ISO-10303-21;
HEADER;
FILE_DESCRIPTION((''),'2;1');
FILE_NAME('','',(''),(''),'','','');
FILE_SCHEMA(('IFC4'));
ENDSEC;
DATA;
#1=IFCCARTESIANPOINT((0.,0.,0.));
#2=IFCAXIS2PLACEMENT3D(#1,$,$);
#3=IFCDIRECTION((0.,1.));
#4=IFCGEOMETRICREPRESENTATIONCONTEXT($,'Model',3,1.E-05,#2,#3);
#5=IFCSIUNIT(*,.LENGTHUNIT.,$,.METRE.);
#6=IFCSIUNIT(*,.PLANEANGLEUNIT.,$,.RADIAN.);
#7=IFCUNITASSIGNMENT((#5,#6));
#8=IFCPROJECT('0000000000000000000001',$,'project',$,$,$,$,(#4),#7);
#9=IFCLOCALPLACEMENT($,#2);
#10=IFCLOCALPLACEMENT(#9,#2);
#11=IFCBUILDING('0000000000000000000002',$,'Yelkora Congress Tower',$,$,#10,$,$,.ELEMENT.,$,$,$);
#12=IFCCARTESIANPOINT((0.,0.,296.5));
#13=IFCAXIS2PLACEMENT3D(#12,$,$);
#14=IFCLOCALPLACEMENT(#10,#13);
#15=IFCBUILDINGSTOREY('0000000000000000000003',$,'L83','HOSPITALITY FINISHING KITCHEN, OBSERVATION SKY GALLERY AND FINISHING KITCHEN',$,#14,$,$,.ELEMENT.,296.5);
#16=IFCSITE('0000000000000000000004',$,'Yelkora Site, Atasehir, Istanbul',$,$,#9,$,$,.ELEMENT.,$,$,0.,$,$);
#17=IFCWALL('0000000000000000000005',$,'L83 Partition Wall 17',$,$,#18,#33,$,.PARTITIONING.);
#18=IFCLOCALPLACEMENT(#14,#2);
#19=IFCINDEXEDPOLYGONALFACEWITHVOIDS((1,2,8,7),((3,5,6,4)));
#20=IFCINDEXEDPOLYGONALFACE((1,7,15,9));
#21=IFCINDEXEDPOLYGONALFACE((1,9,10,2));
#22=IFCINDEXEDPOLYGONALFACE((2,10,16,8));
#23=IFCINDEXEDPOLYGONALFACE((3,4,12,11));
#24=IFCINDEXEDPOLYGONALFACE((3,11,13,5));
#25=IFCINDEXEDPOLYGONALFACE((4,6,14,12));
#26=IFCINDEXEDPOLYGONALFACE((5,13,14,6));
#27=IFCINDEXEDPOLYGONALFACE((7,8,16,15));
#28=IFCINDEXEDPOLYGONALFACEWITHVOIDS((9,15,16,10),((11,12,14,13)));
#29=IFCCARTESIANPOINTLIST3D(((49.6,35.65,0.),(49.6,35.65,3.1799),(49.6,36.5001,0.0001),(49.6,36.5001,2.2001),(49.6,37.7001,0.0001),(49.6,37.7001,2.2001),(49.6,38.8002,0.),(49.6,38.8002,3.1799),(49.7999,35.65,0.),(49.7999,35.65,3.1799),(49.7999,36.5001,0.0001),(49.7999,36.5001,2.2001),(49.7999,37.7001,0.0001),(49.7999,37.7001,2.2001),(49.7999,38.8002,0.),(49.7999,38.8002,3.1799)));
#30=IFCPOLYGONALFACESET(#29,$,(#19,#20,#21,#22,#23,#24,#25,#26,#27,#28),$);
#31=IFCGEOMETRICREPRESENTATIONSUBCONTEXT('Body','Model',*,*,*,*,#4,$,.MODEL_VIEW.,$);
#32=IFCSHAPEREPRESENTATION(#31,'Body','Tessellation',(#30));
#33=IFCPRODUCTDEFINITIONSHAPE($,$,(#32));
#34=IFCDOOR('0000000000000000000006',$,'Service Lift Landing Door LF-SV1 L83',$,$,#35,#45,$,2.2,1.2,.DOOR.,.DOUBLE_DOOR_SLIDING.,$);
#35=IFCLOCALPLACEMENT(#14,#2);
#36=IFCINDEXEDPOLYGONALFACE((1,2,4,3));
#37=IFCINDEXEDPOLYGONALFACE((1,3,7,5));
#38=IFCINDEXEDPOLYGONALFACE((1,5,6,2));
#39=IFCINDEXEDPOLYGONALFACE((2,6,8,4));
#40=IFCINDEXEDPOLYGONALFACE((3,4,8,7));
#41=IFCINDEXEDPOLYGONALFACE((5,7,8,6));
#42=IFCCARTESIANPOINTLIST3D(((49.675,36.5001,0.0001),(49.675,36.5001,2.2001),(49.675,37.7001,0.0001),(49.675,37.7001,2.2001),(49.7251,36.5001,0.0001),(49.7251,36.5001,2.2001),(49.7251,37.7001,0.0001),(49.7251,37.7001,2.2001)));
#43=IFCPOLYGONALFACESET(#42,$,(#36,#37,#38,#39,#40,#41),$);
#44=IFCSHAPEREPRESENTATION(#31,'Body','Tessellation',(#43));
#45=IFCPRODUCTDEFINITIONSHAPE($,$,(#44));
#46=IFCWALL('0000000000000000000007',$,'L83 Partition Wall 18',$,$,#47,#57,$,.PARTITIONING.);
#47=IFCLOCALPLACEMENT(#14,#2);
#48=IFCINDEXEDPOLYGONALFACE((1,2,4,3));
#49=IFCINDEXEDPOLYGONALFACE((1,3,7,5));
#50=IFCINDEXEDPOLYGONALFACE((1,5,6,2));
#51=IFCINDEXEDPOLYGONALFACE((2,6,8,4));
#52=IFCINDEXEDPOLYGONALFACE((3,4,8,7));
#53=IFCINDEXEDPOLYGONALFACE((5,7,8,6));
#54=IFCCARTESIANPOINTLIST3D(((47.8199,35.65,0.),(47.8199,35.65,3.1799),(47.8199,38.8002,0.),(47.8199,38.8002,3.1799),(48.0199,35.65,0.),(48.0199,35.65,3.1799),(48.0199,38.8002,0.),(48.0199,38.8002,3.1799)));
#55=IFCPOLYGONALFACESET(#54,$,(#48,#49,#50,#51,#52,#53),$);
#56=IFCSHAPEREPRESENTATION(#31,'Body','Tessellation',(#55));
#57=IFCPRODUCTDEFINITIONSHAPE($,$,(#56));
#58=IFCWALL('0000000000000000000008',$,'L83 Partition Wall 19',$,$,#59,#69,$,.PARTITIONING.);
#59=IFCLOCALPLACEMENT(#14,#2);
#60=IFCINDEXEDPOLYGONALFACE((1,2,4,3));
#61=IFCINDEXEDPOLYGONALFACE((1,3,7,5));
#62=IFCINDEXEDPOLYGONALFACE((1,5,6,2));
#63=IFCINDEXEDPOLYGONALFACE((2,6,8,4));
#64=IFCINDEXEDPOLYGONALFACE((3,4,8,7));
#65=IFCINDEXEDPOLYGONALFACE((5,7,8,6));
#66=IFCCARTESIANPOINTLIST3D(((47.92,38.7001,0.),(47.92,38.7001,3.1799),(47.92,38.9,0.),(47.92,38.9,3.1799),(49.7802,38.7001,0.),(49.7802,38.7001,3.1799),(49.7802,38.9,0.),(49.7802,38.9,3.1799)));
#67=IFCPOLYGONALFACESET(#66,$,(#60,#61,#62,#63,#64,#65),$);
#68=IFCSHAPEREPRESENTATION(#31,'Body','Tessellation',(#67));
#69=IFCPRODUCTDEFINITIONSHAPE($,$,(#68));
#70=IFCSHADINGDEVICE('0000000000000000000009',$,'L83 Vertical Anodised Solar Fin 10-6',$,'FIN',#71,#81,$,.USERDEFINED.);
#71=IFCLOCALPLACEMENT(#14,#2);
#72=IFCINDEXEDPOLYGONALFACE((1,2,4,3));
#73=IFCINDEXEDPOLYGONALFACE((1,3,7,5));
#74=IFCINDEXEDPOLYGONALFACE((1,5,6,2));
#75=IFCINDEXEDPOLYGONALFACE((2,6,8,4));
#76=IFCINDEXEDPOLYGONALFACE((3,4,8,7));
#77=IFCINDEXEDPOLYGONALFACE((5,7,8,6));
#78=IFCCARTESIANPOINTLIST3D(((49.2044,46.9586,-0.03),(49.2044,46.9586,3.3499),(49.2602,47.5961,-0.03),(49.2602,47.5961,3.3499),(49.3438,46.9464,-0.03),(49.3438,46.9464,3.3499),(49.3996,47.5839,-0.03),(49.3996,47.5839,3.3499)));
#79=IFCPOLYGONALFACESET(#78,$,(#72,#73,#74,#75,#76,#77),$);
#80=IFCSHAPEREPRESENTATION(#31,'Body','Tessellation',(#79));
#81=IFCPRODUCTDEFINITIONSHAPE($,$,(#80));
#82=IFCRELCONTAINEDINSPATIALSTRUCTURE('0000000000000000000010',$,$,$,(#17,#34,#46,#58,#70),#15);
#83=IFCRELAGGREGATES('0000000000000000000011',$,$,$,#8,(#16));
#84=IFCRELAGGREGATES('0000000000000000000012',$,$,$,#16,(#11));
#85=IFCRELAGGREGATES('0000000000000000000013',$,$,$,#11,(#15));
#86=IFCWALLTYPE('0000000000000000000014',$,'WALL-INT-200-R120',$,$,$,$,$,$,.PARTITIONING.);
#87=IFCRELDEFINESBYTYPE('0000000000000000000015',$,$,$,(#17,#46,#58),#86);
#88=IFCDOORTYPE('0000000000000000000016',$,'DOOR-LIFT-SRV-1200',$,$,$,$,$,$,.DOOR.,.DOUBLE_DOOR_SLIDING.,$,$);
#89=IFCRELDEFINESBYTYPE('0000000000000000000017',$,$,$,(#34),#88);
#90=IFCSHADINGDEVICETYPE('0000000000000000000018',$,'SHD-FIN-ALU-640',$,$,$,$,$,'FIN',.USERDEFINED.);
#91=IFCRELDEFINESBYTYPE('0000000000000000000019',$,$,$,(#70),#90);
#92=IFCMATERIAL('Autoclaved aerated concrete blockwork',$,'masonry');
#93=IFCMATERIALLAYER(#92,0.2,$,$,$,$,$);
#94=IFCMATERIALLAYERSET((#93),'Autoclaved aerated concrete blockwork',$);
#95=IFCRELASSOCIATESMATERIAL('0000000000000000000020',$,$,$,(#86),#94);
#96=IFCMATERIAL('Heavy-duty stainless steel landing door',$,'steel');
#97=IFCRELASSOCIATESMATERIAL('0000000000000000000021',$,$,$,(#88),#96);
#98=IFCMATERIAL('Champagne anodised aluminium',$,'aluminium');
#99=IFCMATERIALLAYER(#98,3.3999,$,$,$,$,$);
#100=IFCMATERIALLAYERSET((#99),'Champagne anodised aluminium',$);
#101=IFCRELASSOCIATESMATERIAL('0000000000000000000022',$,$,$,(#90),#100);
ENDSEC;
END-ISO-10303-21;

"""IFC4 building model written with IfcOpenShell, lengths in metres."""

from ifc_helpers import new_model, si_unit, direction, frame, frame_2d, origin, origin_2d, place, context, subcontext, project, spatial, rectangle, extrude, material, layer, layer_set, type_object, element, fill, save


model = new_model("IFC4")

# Units and contexts
model_context = context("Model", 3, precision=1e-05, world=origin(), true_north=direction((0.0, 1.0)))
body_context = subcontext(model_context, "Body", "Model", "MODEL_VIEW")
ifc_project = project(units=[si_unit("LENGTHUNIT", "METRE"), si_unit("PLANEANGLEUNIT", "RADIAN")], contexts=[model_context])

# Site, building, storey
site_placement = place(None, origin())
site = spatial("IfcSite", under=ifc_project, at=site_placement, Name="Yelkora Site, Atasehir, Istanbul", CompositionType="ELEMENT", RefElevation=0.0)
building_placement = place(site_placement, origin())
building = spatial("IfcBuilding", under=site, at=building_placement, Name="Yelkora Congress Tower", CompositionType="ELEMENT")
storey_placement = place(building_placement, frame((0.0, 0.0, 296.5)))
storey = spatial("IfcBuildingStorey", under=building, at=storey_placement, Name="L83", Description="HOSPITALITY FINISHING KITCHEN, OBSERVATION SKY GALLERY AND FINISHING KITCHEN", CompositionType="ELEMENT", Elevation=296.5)

# Wall, opening, door
ifc_material_1 = material(Name="Autoclaved aerated concrete blockwork", Category="masonry")
ifc_layer_1 = layer(ifc_material_1, 0.2)
ifc_layer_set_1 = layer_set([ifc_layer_1], Name="Autoclaved aerated concrete blockwork")
wall_type_1 = type_object("IfcWallType", Name="WALL-INT-200-R120", PredefinedType="PARTITIONING", material=ifc_layer_set_1)
wall_1_placement = place(storey_placement, frame((49.7, 35.6499, 0.0), z_axis=(0.0, 0.0, 1.0), x_axis=(0.0, 1.0, 0.0)))
wall_1 = element("IfcWall", 1, at=wall_1_placement, inside=storey, type_object=wall_type_1, Name="L83 Partition Wall 17", PredefinedType="PARTITIONING", context=body_context, shape_type="SweptSolid", body=[
    extrude(rectangle(XDim=3.1501, YDim=0.2, at=frame_2d((1.5752, 0.0))), origin(), (0.0, 0.0, 1.0), 3.1799),
])
opening_1_placement = place(wall_1_placement, frame((0.8501, 0.0, 0.0)))
opening_1 = element("IfcOpeningElement", 2, at=opening_1_placement, cuts=wall_1, PredefinedType="OPENING", context=body_context, shape_type="SweptSolid", body=[
    extrude(rectangle(XDim=1.2, YDim=2.2, at=frame_2d((0.6001, 1.1001))), frame((0.0, 0.1099, 0.0), z_axis=(0.0, -1.0, 0.0), x_axis=(1.0, 0.0, 0.0)), (0.0, 0.0, 1.0), 0.22),
])
ifc_material_2 = material(Name="Heavy-duty stainless steel landing door", Category="steel")
door_type_1 = type_object("IfcDoorType", Name="DOOR-LIFT-SRV-1200", OperationType="DOUBLE_DOOR_SLIDING", PredefinedType="DOOR", material=ifc_material_2)
door_1_placement = place(opening_1_placement, origin())
door_1 = element("IfcDoor", 3, at=door_1_placement, inside=storey, type_object=door_type_1, Name="Service Lift Landing Door LF-SV1 L83", OperationType="DOUBLE_DOOR_SLIDING", OverallHeight=2.2, OverallWidth=1.2, PredefinedType="DOOR", context=body_context, shape_type="SweptSolid", body=[
    extrude(rectangle(XDim=1.2, YDim=2.2, at=frame_2d((0.6001, 1.1001))), frame((0.0, 0.0249, 0.0), z_axis=(0.0, -1.0, 0.0), x_axis=(1.0, 0.0, 0.0)), (0.0, 0.0, 1.0), 0.05),
])
fill(opening_1, door_1)

# Walls
wall_2_placement = place(storey_placement, frame((47.9199, 35.6499, 0.0), z_axis=(0.0, 0.0, 1.0), x_axis=(0.0, 1.0, 0.0)))
element("IfcWall", 4, at=wall_2_placement, inside=storey, type_object=wall_type_1, Name="L83 Partition Wall 18", PredefinedType="PARTITIONING", context=body_context, shape_type="SweptSolid", body=[
    extrude(rectangle(XDim=3.1501, YDim=0.2, at=frame_2d((1.5752, 0.0))), origin(), (0.0, 0.0, 1.0), 3.1799),
])
wall_3_placement = place(storey_placement, frame((47.9199, 38.8, 0.0), z_axis=(0.0, 0.0, 1.0), x_axis=(1.0, 0.0, 0.0)))
element("IfcWall", 5, at=wall_3_placement, inside=storey, type_object=wall_type_1, Name="L83 Partition Wall 19", PredefinedType="PARTITIONING", context=body_context, shape_type="SweptSolid", body=[
    extrude(rectangle(XDim=1.8601, YDim=0.2, at=frame_2d((0.9302, 0.0))), origin(), (0.0, 0.0, 1.0), 3.1799),
])

# Shading device
ifc_material_3 = material(Name="Champagne anodised aluminium", Category="aluminium")
ifc_layer_2 = layer(ifc_material_3, 3.3999)
ifc_layer_set_2 = layer_set([ifc_layer_2], Name="Champagne anodised aluminium")
shading_device_type = type_object("IfcShadingDeviceType", Name="SHD-FIN-ALU-640", ElementType="FIN", PredefinedType="USERDEFINED", material=ifc_layer_set_2)
shading_device_placement = place(storey_placement, frame((49.302, 47.2712, -0.03), z_axis=(0.0, 0.0, 1.0), x_axis=(0.996195, -0.087156, 0.0)))
element("IfcShadingDevice", 6, at=shading_device_placement, inside=storey, type_object=shading_device_type, Name="L83 Vertical Anodised Solar Fin 10-6", ObjectType="FIN", PredefinedType="USERDEFINED", context=body_context, shape_type="SweptSolid", body=[
    extrude(rectangle(XDim=0.1399, YDim=0.6399, at=origin_2d()), origin(), (0.0, 0.0, 1.0), 3.3799),
])

save(model, "model.ifc")
